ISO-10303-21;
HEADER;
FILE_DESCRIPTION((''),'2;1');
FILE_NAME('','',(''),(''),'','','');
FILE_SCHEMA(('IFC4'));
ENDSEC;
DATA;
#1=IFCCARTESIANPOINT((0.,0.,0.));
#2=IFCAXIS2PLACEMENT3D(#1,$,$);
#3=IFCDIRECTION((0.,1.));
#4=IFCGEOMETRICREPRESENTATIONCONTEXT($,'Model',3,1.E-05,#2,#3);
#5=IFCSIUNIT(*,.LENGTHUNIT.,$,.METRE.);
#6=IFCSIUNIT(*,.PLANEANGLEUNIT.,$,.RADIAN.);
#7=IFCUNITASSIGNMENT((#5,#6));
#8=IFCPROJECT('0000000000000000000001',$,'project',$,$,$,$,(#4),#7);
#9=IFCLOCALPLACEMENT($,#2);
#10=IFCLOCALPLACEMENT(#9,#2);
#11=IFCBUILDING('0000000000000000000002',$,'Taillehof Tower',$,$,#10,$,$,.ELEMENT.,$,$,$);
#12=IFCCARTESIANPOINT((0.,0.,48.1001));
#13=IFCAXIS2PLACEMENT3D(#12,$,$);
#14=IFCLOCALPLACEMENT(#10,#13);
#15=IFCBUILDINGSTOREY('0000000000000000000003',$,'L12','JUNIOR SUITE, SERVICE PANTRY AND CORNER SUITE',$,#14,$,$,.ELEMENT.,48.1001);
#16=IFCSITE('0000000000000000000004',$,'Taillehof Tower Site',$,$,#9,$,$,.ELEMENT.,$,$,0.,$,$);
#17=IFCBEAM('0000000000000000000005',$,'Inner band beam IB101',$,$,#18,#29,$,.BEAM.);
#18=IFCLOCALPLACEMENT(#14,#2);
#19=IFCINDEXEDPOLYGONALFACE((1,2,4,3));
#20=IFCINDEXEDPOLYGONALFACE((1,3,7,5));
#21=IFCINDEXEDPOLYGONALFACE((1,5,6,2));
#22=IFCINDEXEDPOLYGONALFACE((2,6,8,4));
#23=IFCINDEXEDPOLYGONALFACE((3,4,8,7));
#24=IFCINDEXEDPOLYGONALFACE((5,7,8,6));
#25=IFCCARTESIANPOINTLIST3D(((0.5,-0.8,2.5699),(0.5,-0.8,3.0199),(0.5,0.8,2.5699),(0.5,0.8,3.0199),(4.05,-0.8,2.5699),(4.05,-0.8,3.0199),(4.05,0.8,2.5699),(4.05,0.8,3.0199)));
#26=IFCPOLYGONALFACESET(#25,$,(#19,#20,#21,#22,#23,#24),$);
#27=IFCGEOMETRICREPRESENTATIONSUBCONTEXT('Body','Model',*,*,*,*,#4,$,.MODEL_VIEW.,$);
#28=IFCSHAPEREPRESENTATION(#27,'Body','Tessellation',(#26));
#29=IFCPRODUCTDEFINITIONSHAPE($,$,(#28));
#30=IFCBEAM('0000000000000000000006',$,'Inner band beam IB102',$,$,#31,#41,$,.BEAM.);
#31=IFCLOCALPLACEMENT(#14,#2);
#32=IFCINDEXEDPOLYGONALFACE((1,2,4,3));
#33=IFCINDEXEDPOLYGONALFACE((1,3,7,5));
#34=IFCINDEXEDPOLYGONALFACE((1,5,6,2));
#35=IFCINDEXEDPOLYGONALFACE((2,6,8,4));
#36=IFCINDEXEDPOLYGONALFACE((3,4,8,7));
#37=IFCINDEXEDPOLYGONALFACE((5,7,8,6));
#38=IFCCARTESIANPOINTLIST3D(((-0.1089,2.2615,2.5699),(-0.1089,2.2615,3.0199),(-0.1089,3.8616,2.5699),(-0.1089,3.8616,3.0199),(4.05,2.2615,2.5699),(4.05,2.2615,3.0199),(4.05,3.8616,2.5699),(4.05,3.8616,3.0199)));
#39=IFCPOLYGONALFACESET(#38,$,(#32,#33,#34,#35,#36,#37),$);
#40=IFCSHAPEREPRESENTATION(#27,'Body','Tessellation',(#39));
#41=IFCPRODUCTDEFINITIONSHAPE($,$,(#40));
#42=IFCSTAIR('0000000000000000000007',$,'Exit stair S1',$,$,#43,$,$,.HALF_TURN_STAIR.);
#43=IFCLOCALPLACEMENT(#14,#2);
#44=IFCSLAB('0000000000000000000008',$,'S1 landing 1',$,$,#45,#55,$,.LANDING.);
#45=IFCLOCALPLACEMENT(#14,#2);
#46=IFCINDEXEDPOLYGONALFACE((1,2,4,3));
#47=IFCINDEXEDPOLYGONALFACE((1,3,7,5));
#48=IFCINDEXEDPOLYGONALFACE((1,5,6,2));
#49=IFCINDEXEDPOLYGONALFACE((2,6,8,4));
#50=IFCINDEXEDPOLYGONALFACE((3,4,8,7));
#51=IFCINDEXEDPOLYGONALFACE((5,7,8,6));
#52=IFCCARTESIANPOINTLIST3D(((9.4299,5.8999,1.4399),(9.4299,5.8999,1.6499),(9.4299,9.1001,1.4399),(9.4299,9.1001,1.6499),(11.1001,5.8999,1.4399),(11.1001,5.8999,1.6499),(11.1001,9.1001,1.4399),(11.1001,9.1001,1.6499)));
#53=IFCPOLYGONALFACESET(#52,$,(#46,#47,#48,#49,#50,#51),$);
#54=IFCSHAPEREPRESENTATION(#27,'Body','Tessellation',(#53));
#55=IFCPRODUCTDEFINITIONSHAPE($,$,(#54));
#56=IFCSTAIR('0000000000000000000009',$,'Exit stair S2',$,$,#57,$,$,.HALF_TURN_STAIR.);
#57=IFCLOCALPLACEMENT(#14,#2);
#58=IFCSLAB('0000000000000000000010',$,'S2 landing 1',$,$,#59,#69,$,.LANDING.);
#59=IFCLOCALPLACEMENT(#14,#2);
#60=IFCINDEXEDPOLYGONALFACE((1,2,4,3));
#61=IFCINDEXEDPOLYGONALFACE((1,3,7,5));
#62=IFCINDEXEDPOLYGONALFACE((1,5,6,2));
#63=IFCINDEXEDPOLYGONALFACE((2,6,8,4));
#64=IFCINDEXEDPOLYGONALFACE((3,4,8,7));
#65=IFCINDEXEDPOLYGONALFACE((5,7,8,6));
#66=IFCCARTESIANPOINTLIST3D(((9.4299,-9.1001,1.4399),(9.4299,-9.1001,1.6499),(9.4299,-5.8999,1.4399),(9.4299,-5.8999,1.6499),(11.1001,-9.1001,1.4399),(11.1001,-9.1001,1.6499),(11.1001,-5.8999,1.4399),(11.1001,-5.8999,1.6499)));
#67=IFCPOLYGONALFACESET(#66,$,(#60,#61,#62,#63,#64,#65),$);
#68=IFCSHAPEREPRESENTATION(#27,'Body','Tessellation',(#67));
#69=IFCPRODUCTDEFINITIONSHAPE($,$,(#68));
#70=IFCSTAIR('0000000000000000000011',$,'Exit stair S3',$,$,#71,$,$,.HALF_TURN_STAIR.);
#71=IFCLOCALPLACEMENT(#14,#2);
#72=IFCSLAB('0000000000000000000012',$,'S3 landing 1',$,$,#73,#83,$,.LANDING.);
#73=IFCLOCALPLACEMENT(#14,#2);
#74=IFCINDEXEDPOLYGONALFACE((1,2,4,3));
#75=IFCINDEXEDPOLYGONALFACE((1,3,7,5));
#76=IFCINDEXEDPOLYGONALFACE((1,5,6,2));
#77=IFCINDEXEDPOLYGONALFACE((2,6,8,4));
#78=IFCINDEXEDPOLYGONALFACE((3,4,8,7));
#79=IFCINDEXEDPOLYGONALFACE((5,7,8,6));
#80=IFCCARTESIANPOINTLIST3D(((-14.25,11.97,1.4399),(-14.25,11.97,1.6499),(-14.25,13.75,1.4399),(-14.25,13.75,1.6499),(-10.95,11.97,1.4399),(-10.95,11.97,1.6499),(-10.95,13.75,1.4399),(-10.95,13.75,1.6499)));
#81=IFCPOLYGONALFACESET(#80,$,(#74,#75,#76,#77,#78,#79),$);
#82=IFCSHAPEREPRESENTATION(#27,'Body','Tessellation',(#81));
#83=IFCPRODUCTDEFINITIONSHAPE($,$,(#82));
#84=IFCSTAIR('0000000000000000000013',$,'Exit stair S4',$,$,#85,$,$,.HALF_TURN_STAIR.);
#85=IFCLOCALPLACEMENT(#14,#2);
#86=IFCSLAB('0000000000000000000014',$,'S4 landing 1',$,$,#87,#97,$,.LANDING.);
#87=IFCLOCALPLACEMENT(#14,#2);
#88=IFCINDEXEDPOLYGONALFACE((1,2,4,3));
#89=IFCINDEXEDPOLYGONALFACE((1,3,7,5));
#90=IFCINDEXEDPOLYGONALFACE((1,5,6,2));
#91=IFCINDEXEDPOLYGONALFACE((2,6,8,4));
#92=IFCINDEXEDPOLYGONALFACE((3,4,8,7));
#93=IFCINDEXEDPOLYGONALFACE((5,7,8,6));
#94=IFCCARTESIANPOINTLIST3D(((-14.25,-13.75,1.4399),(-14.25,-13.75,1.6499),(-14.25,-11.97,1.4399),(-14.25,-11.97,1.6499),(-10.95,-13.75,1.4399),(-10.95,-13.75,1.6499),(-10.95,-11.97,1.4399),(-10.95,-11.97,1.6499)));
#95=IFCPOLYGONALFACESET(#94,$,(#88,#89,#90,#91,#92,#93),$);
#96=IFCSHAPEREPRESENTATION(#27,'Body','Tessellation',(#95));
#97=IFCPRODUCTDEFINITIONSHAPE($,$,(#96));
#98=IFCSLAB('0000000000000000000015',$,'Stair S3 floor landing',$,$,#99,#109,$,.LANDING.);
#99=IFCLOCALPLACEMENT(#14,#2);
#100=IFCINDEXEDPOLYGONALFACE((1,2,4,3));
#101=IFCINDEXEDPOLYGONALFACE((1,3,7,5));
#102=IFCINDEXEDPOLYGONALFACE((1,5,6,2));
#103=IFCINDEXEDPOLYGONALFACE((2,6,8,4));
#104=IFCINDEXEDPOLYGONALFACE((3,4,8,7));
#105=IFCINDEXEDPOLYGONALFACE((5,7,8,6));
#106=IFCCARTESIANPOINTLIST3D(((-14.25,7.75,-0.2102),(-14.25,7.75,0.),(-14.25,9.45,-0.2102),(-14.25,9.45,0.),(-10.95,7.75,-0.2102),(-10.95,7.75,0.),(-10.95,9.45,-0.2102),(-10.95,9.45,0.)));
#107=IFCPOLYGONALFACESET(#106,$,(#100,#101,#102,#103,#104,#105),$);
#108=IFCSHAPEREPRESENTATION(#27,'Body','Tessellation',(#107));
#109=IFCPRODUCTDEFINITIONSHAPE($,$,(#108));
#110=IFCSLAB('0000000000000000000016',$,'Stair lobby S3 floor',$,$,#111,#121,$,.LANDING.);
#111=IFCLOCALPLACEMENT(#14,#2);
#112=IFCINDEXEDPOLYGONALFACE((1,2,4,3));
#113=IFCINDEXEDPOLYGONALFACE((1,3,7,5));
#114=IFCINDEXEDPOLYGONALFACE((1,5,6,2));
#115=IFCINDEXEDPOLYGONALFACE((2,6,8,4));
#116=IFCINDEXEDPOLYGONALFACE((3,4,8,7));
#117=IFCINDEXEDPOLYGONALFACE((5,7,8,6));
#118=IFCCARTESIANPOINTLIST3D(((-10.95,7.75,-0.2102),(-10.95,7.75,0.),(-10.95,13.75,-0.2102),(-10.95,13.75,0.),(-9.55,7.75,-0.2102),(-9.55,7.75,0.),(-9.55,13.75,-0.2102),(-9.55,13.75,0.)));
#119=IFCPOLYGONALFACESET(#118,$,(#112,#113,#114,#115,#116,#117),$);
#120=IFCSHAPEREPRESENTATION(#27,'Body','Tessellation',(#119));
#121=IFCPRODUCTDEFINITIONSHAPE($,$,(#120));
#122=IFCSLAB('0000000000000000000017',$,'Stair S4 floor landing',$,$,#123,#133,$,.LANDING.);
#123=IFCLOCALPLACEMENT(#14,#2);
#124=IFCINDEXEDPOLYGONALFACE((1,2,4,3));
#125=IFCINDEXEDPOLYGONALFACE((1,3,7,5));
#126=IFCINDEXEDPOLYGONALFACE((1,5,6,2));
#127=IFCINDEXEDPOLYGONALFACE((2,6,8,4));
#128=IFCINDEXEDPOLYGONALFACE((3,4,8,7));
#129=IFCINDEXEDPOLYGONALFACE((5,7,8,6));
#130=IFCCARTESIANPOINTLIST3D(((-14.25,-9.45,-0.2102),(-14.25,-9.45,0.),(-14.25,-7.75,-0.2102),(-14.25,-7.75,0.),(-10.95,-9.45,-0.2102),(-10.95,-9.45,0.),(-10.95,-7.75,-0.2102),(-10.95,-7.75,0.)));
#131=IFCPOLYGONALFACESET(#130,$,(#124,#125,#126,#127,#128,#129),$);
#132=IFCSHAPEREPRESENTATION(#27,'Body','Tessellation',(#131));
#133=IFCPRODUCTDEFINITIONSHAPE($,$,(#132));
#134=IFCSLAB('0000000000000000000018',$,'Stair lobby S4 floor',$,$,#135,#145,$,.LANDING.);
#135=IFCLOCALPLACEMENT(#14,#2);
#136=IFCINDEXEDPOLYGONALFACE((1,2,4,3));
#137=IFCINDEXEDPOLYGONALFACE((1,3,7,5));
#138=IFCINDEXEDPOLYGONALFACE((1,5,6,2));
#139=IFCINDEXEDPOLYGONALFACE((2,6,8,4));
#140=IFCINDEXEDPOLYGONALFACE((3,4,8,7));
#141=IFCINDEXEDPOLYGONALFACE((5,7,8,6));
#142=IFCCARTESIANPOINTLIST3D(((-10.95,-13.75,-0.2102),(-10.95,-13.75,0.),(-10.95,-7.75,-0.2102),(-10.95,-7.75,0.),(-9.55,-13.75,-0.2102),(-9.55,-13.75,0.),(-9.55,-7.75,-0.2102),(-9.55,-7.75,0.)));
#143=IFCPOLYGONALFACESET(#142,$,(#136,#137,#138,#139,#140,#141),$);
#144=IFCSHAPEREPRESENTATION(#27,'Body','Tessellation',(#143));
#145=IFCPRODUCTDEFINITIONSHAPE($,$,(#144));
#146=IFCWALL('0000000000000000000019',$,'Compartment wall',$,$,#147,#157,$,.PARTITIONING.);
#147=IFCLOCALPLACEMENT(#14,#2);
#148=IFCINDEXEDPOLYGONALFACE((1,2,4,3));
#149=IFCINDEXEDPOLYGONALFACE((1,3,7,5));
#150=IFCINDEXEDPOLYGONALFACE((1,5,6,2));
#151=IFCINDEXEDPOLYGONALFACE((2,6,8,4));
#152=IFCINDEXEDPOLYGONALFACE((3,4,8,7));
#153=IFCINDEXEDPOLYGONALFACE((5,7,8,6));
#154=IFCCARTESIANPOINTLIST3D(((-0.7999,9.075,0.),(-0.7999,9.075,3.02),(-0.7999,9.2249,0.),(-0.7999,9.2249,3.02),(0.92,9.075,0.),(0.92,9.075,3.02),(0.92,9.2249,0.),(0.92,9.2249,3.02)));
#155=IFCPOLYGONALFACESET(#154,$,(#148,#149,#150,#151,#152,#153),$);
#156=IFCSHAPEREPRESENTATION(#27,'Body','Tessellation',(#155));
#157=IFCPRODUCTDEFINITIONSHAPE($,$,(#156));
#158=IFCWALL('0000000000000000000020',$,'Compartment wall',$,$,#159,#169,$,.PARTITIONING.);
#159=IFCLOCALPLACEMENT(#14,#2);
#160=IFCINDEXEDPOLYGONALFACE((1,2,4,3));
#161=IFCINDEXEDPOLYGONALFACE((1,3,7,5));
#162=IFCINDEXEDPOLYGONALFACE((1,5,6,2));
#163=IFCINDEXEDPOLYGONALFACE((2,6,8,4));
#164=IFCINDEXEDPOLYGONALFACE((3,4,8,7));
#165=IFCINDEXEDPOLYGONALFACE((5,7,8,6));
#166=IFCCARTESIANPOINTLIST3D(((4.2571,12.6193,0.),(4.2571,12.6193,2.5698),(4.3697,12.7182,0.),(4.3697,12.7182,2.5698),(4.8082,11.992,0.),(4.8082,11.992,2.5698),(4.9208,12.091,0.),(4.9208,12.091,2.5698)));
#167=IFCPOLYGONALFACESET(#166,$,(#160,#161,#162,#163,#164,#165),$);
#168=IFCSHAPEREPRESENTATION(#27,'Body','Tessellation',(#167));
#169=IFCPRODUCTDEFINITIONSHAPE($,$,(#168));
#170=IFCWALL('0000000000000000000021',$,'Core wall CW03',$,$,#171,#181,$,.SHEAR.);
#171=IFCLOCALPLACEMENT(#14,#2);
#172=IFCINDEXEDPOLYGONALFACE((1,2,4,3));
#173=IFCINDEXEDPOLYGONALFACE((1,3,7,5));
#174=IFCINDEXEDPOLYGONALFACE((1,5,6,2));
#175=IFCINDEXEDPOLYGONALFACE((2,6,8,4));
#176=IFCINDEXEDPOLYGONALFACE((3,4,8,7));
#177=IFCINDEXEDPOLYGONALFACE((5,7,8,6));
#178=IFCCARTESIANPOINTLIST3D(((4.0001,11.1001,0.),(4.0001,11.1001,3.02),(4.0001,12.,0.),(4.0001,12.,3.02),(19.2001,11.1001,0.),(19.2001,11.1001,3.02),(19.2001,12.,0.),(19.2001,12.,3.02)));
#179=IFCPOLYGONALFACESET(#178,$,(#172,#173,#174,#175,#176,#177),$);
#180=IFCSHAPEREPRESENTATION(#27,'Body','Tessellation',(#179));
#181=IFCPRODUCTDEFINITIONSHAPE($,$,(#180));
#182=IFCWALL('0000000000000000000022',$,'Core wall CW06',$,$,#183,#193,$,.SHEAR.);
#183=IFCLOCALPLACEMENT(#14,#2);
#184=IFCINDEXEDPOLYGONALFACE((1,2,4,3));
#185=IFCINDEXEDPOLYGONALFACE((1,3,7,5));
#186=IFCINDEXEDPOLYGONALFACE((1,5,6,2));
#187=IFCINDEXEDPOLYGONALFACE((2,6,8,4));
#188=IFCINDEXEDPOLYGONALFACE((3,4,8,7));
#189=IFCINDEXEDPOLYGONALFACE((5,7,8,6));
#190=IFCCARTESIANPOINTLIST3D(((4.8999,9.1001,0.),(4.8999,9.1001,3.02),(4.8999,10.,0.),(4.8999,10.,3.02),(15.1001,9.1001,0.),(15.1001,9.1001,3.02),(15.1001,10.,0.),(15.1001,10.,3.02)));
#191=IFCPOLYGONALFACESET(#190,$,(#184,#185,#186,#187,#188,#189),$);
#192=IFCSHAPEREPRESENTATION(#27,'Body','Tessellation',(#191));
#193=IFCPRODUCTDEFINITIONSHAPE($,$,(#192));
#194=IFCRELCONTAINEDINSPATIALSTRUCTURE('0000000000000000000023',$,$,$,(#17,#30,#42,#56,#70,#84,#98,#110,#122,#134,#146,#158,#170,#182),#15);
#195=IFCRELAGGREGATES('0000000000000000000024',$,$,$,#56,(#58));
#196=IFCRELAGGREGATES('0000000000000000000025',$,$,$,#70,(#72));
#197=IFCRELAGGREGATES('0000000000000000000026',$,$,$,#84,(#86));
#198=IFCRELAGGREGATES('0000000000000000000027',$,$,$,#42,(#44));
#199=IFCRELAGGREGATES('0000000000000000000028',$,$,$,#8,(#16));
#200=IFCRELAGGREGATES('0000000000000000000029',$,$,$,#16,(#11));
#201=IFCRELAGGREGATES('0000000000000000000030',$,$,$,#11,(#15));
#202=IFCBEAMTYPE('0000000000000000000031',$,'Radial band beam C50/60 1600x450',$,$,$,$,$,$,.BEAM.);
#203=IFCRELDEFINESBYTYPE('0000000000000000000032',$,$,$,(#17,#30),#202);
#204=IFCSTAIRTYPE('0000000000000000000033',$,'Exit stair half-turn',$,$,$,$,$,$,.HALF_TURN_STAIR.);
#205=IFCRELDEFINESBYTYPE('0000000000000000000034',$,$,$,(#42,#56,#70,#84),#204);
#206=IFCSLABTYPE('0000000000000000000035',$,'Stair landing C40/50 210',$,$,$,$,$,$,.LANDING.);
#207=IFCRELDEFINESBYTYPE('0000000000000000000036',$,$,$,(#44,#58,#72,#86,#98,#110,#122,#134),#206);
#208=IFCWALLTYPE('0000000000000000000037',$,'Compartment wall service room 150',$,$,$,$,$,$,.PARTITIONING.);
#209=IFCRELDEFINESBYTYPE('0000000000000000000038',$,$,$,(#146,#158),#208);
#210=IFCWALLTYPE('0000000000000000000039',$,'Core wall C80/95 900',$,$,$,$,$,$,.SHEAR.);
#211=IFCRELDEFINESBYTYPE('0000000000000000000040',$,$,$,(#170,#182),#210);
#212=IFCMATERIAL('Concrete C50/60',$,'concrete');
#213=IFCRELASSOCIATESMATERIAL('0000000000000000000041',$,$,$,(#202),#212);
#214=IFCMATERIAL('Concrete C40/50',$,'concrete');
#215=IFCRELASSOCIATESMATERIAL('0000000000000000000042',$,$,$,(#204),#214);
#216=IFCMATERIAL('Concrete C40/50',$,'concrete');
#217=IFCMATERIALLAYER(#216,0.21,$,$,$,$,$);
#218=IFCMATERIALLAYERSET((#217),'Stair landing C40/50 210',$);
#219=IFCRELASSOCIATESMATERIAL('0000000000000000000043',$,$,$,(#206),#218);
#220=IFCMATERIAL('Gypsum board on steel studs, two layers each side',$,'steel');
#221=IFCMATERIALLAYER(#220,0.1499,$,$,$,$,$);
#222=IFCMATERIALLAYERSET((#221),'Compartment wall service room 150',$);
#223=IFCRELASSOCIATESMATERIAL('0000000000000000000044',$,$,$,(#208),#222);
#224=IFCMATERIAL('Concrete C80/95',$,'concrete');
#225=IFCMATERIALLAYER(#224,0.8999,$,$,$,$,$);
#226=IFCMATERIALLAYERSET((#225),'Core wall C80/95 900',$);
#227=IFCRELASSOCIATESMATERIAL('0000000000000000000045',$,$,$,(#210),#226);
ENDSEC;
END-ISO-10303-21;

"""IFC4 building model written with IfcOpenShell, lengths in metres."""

from ifc_helpers import new_model, si_unit, direction, frame, frame_2d, origin, origin_2d, place, context, subcontext, project, spatial, polyline, rectangle, outline, extrude, material, layer, layer_set, material_profile, profile_set, type_object, element, aggregate, save


model = new_model("IFC4")

# Units and contexts
model_context = context("Model", 3, precision=1e-05, world=origin(), true_north=direction((0.0, 1.0)))
body_context = subcontext(model_context, "Body", "Model", "MODEL_VIEW")
ifc_project = project(units=[si_unit("LENGTHUNIT", "METRE"), si_unit("PLANEANGLEUNIT", "RADIAN")], contexts=[model_context])

# Site, building, storey
site_placement = place(None, origin())
site = spatial("IfcSite", under=ifc_project, at=site_placement, Name="Taillehof Tower Site", CompositionType="ELEMENT", RefElevation=0.0)
building_placement = place(site_placement, origin())
building = spatial("IfcBuilding", under=site, at=building_placement, Name="Taillehof Tower", CompositionType="ELEMENT")
storey_placement = place(building_placement, frame((0.0, 0.0, 48.1001)))
storey = spatial("IfcBuildingStorey", under=building, at=storey_placement, Name="L12", Description="JUNIOR SUITE, SERVICE PANTRY AND CORNER SUITE", CompositionType="ELEMENT", Elevation=48.1001)

# Beams
ifc_material_1 = material(Name="Concrete C50/60", Category="concrete")
ifc_material_profile = material_profile(ifc_material_1, rectangle(XDim=1.6001, YDim=0.45, at=origin_2d()), Name="RC 1600x450")
ifc_profile_set = profile_set([ifc_material_profile], Name="Concrete C50/60")
beam_type = type_object("IfcBeamType", Name="Radial band beam C50/60 1600x450", PredefinedType="BEAM", material=ifc_profile_set)
beam_1_placement = place(storey_placement, frame((0.5, 0.0, 2.7949), z_axis=(1.0, 0.0, 0.0), x_axis=(0.0, 1.0, 0.0)))
element("IfcBeam", 1, at=beam_1_placement, inside=storey, type_object=beam_type, Name="Inner band beam IB101", PredefinedType="BEAM", context=body_context, shape_type="SweptSolid", body=[
    extrude(rectangle(XDim=1.6001, YDim=0.45, at=origin_2d()), origin(), (0.0, 0.0, 1.0), 3.55),
])
beam_2_placement = place(storey_placement, frame((-0.1089, 3.0615, 2.7949), z_axis=(1.0, 0.0, 0.0), x_axis=(0.0, 1.0, 0.0)))
element("IfcBeam", 2, at=beam_2_placement, inside=storey, type_object=beam_type, Name="Inner band beam IB102", PredefinedType="BEAM", context=body_context, shape_type="SweptSolid", body=[
    extrude(rectangle(XDim=1.6001, YDim=0.45, at=origin_2d()), origin(), (0.0, 0.0, 1.0), 4.1589),
])

# Stairs, slabs
ifc_material_2 = material(Name="Concrete C40/50", Category="concrete")
stair_type = type_object("IfcStairType", Name="Exit stair half-turn", PredefinedType="HALF_TURN_STAIR", material=ifc_material_2)
stair_1_placement = place(storey_placement, origin())
stair_1 = element("IfcStair", 3, at=stair_1_placement, inside=storey, type_object=stair_type, Name="Exit stair S1", PredefinedType="HALF_TURN_STAIR")
ifc_material_3 = material(Name="Concrete C40/50", Category="concrete")
ifc_layer_1 = layer(ifc_material_3, 0.21)
ifc_layer_set_1 = layer_set([ifc_layer_1], Name="Stair landing C40/50 210")
slab_type = type_object("IfcSlabType", Name="Stair landing C40/50 210", PredefinedType="LANDING", material=ifc_layer_set_1)
slab_1_placement = place(storey_placement, frame((0.0, 0.0, 1.4399)))
slab_1 = element("IfcSlab", 4, at=slab_1_placement, type_object=slab_type, Name="S1 landing 1", PredefinedType="LANDING", context=body_context, shape_type="SweptSolid", body=[
    extrude(outline(polyline([(9.4299, 5.8999), (11.1001, 5.8999), (11.1001, 9.1001), (9.4299, 9.1001), (9.4299, 5.8999)])), origin(), (0.0, 0.0, 1.0), 0.21),
])
stair_2_placement = place(storey_placement, origin())
stair_2 = element("IfcStair", 5, at=stair_2_placement, inside=storey, type_object=stair_type, Name="Exit stair S2", PredefinedType="HALF_TURN_STAIR")
slab_2_placement = place(storey_placement, frame((0.0, 0.0, 1.4399)))
slab_2 = element("IfcSlab", 6, at=slab_2_placement, type_object=slab_type, Name="S2 landing 1", PredefinedType="LANDING", context=body_context, shape_type="SweptSolid", body=[
    extrude(outline(polyline([(9.4299, -5.8999), (11.1001, -5.8999), (11.1001, -9.1001), (9.4299, -9.1001), (9.4299, -5.8999)])), origin(), (0.0, 0.0, 1.0), 0.21),
])
aggregate(stair_2, [slab_2])
stair_3_placement = place(storey_placement, origin())
stair_3 = element("IfcStair", 7, at=stair_3_placement, inside=storey, type_object=stair_type, Name="Exit stair S3", PredefinedType="HALF_TURN_STAIR")
slab_3_placement = place(storey_placement, frame((0.0, 0.0, 1.4399)))
slab_3 = element("IfcSlab", 8, at=slab_3_placement, type_object=slab_type, Name="S3 landing 1", PredefinedType="LANDING", context=body_context, shape_type="SweptSolid", body=[
    extrude(outline(polyline([(-14.25, 11.97), (-14.25, 13.75), (-10.95, 13.75), (-10.95, 11.97), (-14.25, 11.97)])), origin(), (0.0, 0.0, 1.0), 0.21),
])
aggregate(stair_3, [slab_3])
stair_4_placement = place(storey_placement, origin())
stair_4 = element("IfcStair", 9, at=stair_4_placement, inside=storey, type_object=stair_type, Name="Exit stair S4", PredefinedType="HALF_TURN_STAIR")
slab_4_placement = place(storey_placement, frame((0.0, 0.0, 1.4399)))
slab_4 = element("IfcSlab", 10, at=slab_4_placement, type_object=slab_type, Name="S4 landing 1", PredefinedType="LANDING", context=body_context, shape_type="SweptSolid", body=[
    extrude(outline(polyline([(-14.25, -11.97), (-14.25, -13.75), (-10.95, -13.75), (-10.95, -11.97), (-14.25, -11.97)])), origin(), (0.0, 0.0, 1.0), 0.21),
])
aggregate(stair_4, [slab_4])

# Slabs
slab_5_placement = place(storey_placement, frame((0.0, 0.0, -0.2102)))
element("IfcSlab", 11, at=slab_5_placement, inside=storey, type_object=slab_type, Name="Stair S3 floor landing", PredefinedType="LANDING", context=body_context, shape_type="SweptSolid", body=[
    extrude(outline(polyline([(-14.25, 7.75), (-14.25, 9.45), (-10.95, 9.45), (-10.95, 7.75), (-14.25, 7.75)])), origin(), (0.0, 0.0, 1.0), 0.2102),
])
slab_6_placement = place(storey_placement, frame((0.0, 0.0, -0.2102)))
element("IfcSlab", 12, at=slab_6_placement, inside=storey, type_object=slab_type, Name="Stair lobby S3 floor", PredefinedType="LANDING", context=body_context, shape_type="SweptSolid", body=[
    extrude(outline(polyline([(-10.95, 7.75), (-9.55, 7.75), (-9.55, 13.75), (-10.95, 13.75), (-10.95, 7.75)])), origin(), (0.0, 0.0, 1.0), 0.2102),
])
slab_7_placement = place(storey_placement, frame((0.0, 0.0, -0.2102)))
element("IfcSlab", 13, at=slab_7_placement, inside=storey, type_object=slab_type, Name="Stair S4 floor landing", PredefinedType="LANDING", context=body_context, shape_type="SweptSolid", body=[
    extrude(outline(polyline([(-14.25, -7.75), (-14.25, -9.45), (-10.95, -9.45), (-10.95, -7.75), (-14.25, -7.75)])), origin(), (0.0, 0.0, 1.0), 0.2102),
])
slab_8_placement = place(storey_placement, frame((0.0, 0.0, -0.2102)))
element("IfcSlab", 14, at=slab_8_placement, inside=storey, type_object=slab_type, Name="Stair lobby S4 floor", PredefinedType="LANDING", context=body_context, shape_type="SweptSolid", body=[
    extrude(outline(polyline([(-10.95, -13.75), (-9.55, -13.75), (-9.55, -7.75), (-10.95, -7.75), (-10.95, -13.75)])), origin(), (0.0, 0.0, 1.0), 0.2102),
])

# Walls
ifc_material_4 = material(Name="Gypsum board on steel studs, two layers each side", Category="steel")
ifc_layer_2 = layer(ifc_material_4, 0.1499)
ifc_layer_set_2 = layer_set([ifc_layer_2], Name="Compartment wall service room 150")
wall_type_1 = type_object("IfcWallType", Name="Compartment wall service room 150", PredefinedType="PARTITIONING", material=ifc_layer_set_2)
wall_1_placement = place(storey_placement, frame((0.9199, 9.1499, 0.0), z_axis=(0.0, 0.0, 1.0), x_axis=(-1.0, 0.0, 0.0)))
element("IfcWall", 15, at=wall_1_placement, inside=storey, type_object=wall_type_1, Name="Compartment wall", PredefinedType="PARTITIONING", context=body_context, shape_type="SweptSolid", body=[
    extrude(rectangle(XDim=1.72, YDim=0.1499, at=frame_2d((0.8599, 0.0))), origin(), (0.0, 0.0, 1.0), 3.02),
])
wall_2_placement = place(storey_placement, frame((4.8645, 12.0415, 0.0), z_axis=(0.0, 0.0, 1.0), x_axis=(-0.660015, 0.751253, 0.0)))
element("IfcWall", 16, at=wall_2_placement, inside=storey, type_object=wall_type_1, Name="Compartment wall", PredefinedType="PARTITIONING", context=body_context, shape_type="SweptSolid", body=[
    extrude(rectangle(XDim=0.835, YDim=0.1499, at=frame_2d((0.4175, 0.0))), origin(), (0.0, 0.0, 1.0), 2.5698),
])
ifc_material_5 = material(Name="Concrete C80/95", Category="concrete")
ifc_layer_3 = layer(ifc_material_5, 0.8999)
ifc_layer_set_3 = layer_set([ifc_layer_3], Name="Core wall C80/95 900")
wall_type_2 = type_object("IfcWallType", Name="Core wall C80/95 900", PredefinedType="SHEAR", material=ifc_layer_set_3)
wall_3_placement = place(storey_placement, frame((4.0, 11.55, 0.0), z_axis=(0.0, 0.0, 1.0), x_axis=(1.0, 0.0, 0.0)))
element("IfcWall", 17, at=wall_3_placement, inside=storey, type_object=wall_type_2, Name="Core wall CW03", PredefinedType="SHEAR", context=body_context, shape_type="SweptSolid", body=[
    extrude(rectangle(XDim=15.2, YDim=0.8999, at=frame_2d((7.6001, 0.0))), origin(), (0.0, 0.0, 1.0), 3.02),
])
wall_4_placement = place(storey_placement, frame((4.8999, 9.55, 0.0), z_axis=(0.0, 0.0, 1.0), x_axis=(1.0, 0.0, 0.0)))
element("IfcWall", 18, at=wall_4_placement, inside=storey, type_object=wall_type_2, Name="Core wall CW06", PredefinedType="SHEAR", context=body_context, shape_type="SweptSolid", body=[
    extrude(rectangle(XDim=10.2002, YDim=0.8999, at=frame_2d((5.1001, 0.0))), origin(), (0.0, 0.0, 1.0), 3.02),
])

aggregate(stair_1, [slab_1])

save(model, "model.ifc")
